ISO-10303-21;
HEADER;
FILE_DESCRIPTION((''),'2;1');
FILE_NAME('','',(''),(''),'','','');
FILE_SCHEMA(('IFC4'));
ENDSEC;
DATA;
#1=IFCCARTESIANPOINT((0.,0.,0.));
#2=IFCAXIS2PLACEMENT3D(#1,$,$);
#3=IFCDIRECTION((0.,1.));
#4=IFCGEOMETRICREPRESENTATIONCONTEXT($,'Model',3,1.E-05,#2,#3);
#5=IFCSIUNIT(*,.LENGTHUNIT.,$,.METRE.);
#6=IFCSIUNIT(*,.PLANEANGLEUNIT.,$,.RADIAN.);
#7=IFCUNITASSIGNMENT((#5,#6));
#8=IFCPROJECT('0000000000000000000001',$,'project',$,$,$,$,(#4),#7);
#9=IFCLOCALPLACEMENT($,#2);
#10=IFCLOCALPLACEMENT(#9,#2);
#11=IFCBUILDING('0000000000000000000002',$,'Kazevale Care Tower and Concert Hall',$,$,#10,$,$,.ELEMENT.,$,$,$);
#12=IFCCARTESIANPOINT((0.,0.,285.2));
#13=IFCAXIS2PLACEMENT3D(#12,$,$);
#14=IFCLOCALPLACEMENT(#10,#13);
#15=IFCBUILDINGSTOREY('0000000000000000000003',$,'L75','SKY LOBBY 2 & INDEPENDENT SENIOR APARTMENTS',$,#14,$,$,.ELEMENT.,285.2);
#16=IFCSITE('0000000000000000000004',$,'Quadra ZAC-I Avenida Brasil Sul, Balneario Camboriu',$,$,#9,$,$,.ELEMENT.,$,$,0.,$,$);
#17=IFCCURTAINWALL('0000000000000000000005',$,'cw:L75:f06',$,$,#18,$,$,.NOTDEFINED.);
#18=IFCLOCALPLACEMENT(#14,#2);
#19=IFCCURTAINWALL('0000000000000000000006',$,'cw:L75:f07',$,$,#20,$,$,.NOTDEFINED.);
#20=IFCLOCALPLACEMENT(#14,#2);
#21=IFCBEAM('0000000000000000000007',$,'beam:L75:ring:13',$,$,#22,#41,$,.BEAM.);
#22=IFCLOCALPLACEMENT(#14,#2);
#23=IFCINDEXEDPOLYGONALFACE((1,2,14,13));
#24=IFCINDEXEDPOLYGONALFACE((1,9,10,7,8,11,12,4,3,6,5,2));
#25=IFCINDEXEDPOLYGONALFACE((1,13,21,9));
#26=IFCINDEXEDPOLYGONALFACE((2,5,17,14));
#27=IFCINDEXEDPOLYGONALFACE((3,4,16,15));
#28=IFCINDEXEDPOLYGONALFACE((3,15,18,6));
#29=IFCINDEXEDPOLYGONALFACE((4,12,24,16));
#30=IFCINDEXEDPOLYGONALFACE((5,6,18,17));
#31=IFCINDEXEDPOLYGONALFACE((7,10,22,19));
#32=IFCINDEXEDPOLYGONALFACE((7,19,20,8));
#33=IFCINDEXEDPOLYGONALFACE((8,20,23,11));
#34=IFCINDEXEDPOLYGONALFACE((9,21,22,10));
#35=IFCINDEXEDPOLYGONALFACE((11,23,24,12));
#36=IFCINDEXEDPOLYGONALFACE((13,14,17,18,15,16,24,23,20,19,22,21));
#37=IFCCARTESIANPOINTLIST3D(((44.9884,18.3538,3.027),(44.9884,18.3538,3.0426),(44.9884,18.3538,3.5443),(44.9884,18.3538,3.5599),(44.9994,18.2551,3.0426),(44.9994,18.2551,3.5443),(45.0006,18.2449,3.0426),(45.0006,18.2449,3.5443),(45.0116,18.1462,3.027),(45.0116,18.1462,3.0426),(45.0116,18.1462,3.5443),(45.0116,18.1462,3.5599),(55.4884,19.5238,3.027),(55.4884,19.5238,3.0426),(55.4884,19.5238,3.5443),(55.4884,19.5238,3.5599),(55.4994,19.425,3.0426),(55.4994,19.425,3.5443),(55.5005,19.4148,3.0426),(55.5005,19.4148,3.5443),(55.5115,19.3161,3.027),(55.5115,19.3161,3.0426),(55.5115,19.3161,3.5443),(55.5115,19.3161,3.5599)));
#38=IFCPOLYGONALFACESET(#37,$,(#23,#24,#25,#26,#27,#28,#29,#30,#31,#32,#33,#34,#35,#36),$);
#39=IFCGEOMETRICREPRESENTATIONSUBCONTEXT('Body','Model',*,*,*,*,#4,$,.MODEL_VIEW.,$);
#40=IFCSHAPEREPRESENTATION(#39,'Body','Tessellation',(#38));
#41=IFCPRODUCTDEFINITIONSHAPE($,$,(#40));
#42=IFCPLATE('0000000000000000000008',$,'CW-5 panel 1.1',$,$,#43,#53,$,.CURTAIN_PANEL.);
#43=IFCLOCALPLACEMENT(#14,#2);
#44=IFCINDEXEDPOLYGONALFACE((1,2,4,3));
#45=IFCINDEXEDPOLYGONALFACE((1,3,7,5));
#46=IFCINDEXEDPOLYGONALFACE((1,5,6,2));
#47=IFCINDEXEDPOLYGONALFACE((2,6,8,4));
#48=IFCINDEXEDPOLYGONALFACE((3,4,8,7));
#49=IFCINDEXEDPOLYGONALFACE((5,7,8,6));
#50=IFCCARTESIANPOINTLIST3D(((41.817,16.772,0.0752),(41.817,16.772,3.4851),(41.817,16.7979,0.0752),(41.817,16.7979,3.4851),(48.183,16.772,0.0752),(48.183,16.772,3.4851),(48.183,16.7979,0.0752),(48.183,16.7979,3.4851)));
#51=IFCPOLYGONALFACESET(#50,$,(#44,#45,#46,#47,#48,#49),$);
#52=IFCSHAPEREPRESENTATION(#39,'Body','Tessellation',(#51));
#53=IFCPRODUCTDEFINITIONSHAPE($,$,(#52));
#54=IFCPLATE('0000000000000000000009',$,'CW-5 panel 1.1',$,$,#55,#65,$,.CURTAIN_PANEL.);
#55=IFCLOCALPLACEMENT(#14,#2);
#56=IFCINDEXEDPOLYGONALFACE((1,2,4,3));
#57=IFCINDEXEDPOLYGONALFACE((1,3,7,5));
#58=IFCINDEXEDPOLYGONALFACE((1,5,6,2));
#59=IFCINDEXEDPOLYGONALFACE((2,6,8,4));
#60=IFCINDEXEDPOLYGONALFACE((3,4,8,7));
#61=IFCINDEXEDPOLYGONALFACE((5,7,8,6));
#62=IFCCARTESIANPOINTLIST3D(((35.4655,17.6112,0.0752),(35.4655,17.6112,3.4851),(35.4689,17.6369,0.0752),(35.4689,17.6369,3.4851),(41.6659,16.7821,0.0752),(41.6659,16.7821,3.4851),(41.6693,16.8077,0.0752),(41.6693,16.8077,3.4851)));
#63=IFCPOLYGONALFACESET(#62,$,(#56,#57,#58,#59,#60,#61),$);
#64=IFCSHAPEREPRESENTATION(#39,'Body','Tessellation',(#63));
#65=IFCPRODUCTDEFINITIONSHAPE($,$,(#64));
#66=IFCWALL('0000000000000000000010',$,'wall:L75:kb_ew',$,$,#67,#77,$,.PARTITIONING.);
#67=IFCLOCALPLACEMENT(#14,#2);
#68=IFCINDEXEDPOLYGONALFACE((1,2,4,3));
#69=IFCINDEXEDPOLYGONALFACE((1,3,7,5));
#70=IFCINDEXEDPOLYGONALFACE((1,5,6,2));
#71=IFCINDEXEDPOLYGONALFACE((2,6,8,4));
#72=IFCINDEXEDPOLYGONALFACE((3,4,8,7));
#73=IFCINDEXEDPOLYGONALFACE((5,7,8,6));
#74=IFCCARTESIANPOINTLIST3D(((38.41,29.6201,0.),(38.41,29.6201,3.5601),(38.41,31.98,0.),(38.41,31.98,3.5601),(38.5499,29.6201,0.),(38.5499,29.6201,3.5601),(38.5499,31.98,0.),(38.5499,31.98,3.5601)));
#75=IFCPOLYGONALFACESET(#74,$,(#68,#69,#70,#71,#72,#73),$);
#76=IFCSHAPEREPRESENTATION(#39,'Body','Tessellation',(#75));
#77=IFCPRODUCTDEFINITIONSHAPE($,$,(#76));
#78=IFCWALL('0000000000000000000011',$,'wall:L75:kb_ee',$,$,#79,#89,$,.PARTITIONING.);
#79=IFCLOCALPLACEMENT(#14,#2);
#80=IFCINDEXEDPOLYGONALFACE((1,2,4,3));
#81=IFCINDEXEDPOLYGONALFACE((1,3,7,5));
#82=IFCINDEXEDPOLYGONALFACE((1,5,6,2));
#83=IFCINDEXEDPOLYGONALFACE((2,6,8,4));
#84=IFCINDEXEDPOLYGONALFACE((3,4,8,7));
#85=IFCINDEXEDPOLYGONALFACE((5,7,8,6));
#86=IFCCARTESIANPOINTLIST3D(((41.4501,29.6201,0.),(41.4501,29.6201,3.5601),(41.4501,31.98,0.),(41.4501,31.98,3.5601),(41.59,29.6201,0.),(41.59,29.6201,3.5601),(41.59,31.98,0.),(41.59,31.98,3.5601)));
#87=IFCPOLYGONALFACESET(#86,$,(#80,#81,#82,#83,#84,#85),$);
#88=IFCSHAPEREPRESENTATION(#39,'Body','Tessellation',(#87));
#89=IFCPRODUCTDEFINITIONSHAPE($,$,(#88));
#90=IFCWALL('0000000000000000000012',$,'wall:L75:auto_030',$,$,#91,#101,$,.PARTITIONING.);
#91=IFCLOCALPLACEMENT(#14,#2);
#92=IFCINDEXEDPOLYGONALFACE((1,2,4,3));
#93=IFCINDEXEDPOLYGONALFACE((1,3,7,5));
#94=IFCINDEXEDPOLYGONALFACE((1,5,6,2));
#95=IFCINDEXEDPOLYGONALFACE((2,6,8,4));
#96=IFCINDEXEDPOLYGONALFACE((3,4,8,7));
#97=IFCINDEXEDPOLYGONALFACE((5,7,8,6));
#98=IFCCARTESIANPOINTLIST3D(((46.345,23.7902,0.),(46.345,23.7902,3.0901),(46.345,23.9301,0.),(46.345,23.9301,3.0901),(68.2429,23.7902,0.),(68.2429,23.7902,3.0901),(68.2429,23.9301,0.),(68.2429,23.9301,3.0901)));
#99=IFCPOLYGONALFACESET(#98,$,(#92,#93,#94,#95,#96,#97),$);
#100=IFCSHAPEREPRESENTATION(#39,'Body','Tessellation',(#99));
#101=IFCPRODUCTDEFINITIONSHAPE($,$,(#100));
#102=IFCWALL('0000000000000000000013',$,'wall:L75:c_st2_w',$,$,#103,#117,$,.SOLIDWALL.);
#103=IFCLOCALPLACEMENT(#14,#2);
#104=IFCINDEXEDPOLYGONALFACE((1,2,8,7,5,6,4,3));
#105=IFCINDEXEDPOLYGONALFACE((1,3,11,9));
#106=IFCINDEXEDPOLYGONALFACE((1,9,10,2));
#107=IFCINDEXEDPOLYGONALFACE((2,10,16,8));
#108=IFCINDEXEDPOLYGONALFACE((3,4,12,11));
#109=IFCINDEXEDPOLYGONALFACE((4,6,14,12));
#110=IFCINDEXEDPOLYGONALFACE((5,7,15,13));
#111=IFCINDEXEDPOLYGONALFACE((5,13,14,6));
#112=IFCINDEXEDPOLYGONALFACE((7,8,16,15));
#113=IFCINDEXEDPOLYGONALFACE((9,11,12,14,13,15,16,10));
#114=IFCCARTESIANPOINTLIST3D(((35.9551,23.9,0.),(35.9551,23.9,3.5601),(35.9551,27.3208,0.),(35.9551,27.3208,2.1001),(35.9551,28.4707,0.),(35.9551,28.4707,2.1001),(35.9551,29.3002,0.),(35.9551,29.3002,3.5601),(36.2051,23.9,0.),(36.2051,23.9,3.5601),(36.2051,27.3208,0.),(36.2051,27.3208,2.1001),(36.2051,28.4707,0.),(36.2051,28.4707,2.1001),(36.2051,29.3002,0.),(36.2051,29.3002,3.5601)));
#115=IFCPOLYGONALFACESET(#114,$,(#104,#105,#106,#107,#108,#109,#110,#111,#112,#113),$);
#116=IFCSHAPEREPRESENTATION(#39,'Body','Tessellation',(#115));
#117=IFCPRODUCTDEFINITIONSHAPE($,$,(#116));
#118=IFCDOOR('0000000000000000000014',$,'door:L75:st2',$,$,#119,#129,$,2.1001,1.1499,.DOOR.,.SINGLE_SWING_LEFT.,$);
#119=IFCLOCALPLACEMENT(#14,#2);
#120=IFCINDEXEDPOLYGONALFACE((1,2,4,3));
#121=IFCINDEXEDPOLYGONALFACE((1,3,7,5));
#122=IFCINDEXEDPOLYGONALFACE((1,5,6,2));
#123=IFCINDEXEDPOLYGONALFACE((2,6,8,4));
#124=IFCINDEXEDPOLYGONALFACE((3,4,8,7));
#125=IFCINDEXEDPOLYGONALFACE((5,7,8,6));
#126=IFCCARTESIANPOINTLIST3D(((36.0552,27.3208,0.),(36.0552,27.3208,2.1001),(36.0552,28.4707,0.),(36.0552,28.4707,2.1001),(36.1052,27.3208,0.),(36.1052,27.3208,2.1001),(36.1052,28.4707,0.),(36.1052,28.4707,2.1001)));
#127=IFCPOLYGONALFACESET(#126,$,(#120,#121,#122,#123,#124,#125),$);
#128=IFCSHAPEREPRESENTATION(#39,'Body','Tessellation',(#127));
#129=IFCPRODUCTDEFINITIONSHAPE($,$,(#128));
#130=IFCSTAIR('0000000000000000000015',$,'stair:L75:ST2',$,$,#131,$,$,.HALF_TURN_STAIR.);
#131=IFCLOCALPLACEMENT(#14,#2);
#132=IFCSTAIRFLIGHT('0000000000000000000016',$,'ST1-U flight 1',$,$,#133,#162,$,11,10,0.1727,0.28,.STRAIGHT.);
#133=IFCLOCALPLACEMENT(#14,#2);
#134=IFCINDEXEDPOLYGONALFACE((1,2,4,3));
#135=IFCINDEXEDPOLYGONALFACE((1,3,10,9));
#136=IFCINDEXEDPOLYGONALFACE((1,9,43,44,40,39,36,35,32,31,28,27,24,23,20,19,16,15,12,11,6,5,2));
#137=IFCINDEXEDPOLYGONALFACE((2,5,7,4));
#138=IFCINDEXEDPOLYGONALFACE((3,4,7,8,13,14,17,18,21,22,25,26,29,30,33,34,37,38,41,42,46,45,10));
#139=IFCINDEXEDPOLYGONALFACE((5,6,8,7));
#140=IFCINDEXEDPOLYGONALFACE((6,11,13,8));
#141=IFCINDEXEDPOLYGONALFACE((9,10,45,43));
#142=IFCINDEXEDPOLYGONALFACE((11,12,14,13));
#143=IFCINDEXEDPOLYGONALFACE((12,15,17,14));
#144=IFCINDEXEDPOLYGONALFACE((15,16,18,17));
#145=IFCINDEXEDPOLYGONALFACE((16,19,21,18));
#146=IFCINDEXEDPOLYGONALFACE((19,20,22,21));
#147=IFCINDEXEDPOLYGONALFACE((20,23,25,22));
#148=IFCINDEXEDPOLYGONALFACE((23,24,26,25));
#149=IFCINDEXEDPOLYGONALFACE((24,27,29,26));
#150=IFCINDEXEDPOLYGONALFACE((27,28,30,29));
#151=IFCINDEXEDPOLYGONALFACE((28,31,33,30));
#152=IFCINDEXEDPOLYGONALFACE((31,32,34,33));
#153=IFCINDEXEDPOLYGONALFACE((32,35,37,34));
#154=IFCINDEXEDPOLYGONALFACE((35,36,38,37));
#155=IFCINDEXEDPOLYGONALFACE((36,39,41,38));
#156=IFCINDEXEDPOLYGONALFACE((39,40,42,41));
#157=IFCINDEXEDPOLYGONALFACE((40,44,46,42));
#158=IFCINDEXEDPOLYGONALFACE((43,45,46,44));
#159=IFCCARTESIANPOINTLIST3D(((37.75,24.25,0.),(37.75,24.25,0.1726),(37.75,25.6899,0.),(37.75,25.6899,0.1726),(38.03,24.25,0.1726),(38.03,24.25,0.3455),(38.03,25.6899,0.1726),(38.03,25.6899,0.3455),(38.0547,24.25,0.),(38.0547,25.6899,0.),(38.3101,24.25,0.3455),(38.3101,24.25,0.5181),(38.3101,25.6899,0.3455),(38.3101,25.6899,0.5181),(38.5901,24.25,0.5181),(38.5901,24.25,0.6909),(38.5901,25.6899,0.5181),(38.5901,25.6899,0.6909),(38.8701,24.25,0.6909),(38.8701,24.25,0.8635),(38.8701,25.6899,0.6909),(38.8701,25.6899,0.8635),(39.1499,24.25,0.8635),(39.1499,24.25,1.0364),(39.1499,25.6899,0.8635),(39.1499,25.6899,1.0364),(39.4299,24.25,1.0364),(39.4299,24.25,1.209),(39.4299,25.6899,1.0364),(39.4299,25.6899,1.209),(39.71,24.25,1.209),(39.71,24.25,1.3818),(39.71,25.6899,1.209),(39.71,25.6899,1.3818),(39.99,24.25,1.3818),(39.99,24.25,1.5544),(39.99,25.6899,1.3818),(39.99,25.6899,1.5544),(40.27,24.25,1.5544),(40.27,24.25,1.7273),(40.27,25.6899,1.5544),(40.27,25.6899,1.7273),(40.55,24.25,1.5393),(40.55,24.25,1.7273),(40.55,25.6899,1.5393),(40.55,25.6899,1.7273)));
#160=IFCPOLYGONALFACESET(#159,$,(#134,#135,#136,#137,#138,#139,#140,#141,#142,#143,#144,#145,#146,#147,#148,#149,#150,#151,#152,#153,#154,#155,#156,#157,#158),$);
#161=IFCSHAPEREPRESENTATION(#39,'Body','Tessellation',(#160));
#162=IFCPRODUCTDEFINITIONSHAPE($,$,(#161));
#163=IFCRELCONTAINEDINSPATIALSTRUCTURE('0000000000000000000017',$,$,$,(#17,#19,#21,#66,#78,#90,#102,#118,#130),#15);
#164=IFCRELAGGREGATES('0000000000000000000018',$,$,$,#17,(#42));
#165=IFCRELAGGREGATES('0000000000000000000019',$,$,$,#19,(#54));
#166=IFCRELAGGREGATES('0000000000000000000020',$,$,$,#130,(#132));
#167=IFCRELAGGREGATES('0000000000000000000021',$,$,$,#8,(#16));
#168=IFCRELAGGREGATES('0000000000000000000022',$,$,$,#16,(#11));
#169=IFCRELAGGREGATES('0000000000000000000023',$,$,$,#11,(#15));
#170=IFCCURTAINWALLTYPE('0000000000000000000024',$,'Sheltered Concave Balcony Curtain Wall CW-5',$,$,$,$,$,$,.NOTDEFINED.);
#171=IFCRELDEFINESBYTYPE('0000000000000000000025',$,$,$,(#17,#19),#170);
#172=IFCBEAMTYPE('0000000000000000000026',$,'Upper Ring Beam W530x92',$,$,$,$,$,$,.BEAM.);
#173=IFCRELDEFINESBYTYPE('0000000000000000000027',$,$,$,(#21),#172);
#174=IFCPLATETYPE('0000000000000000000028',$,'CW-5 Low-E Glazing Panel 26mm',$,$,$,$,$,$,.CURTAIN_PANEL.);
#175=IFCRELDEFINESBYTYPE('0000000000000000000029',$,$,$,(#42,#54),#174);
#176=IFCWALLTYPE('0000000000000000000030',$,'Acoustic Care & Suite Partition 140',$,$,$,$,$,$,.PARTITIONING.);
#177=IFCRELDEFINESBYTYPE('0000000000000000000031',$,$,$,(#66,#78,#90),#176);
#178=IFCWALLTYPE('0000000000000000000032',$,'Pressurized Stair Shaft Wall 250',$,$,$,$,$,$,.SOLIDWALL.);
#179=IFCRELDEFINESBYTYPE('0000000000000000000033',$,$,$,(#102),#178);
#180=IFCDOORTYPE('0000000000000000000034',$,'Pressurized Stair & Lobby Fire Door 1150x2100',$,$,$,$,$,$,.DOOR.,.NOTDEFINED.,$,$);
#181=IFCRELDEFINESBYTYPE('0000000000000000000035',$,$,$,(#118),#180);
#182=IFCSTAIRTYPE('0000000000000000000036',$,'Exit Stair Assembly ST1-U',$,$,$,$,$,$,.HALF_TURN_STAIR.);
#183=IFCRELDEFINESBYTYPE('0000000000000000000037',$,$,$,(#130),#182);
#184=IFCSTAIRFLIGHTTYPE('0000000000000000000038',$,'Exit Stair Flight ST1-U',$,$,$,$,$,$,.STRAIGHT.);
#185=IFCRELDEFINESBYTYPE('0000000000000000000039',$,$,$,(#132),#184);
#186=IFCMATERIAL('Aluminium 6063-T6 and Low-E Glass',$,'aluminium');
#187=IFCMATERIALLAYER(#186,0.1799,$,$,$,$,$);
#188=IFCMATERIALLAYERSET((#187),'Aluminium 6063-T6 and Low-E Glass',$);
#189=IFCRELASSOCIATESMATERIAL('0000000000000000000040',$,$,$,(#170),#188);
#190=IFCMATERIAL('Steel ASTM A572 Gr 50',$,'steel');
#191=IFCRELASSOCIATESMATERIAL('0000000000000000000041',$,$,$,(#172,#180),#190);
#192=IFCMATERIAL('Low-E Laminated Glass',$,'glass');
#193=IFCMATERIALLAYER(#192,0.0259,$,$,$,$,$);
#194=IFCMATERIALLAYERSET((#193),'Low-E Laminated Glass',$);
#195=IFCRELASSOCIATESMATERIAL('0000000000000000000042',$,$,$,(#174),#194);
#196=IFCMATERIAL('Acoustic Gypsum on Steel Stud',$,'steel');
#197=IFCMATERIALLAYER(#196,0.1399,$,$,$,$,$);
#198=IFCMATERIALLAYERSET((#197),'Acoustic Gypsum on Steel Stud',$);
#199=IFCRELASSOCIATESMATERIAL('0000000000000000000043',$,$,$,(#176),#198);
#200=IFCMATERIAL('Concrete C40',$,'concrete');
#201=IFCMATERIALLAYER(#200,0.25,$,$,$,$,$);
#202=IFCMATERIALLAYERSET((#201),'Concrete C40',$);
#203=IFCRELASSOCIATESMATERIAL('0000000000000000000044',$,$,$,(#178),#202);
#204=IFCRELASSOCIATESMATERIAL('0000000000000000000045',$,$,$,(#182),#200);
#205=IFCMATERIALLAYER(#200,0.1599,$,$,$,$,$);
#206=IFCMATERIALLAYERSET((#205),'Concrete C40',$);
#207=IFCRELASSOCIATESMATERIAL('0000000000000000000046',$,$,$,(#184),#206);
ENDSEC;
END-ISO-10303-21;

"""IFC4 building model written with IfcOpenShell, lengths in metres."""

from ifc_helpers import new_model, si_unit, direction, frame, frame_2d, origin, origin_2d, place, context, subcontext, project, spatial, polyline, rectangle, i_section, outline, extrude, material, layer, layer_set, material_profile, profile_set, type_object, element, fill, aggregate, save


model = new_model("IFC4")

# Units and contexts
model_context = context("Model", 3, precision=1e-05, world=origin(), true_north=direction((0.0, 1.0)))
body_context = subcontext(model_context, "Body", "Model", "MODEL_VIEW")
ifc_project = project(units=[si_unit("LENGTHUNIT", "METRE"), si_unit("PLANEANGLEUNIT", "RADIAN")], contexts=[model_context])

# Site, building, storey
site_placement = place(None, origin())
site = spatial("IfcSite", under=ifc_project, at=site_placement, Name="Quadra ZAC-I Avenida Brasil Sul, Balneario Camboriu", CompositionType="ELEMENT", RefElevation=0.0)
building_placement = place(site_placement, origin())
building = spatial("IfcBuilding", under=site, at=building_placement, Name="Kazevale Care Tower and Concert Hall", CompositionType="ELEMENT")
storey_placement = place(building_placement, frame((0.0, 0.0, 285.2)))
storey = spatial("IfcBuildingStorey", under=building, at=storey_placement, Name="L75", Description="SKY LOBBY 2 & INDEPENDENT SENIOR APARTMENTS", CompositionType="ELEMENT", Elevation=285.2)

# Curtain wall
ifc_material_1 = material(Name="Aluminium 6063-T6 and Low-E Glass", Category="aluminium")
ifc_layer_1 = layer(ifc_material_1, 0.1799)
ifc_layer_set_1 = layer_set([ifc_layer_1], Name="Aluminium 6063-T6 and Low-E Glass")
curtain_wall_type = type_object("IfcCurtainWallType", Name="Sheltered Concave Balcony Curtain Wall CW-5", PredefinedType="NOTDEFINED", material=ifc_layer_set_1)
curtain_wall_1_placement = place(storey_placement, origin())
curtain_wall_1 = element("IfcCurtainWall", 1, at=curtain_wall_1_placement, inside=storey, type_object=curtain_wall_type, Name="cw:L75:f06", PredefinedType="NOTDEFINED")

# Curtain wall
curtain_wall_2_placement = place(storey_placement, origin())
curtain_wall_2 = element("IfcCurtainWall", 2, at=curtain_wall_2_placement, inside=storey, type_object=curtain_wall_type, Name="cw:L75:f07", PredefinedType="NOTDEFINED")

# Beam
ifc_material_2 = material(Name="Steel ASTM A572 Gr 50", Category="steel")
ifc_material_profile_1 = material_profile(ifc_material_2, i_section(OverallWidth=0.209, OverallDepth=0.533, WebThickness=0.0103, FlangeThickness=0.0156, at=origin_2d()), Name="W530x92")
ifc_profile_set_1 = profile_set([ifc_material_profile_1], Name="Steel ASTM A572 Gr 50")
beam_type_1 = type_object("IfcBeamType", Name="Upper Ring Beam W530x92", PredefinedType="BEAM", material=ifc_profile_set_1)
beam_1_placement = place(storey_placement, frame((45.0, 18.25, 3.2935), z_axis=(0.99385, 0.110736, 0.0), x_axis=(-0.110736, 0.99385, 0.0)))
element("IfcBeam", 3, at=beam_1_placement, inside=storey, type_object=beam_type_1, Name="beam:L75:ring:13", PredefinedType="BEAM", context=body_context, shape_type="SweptSolid", body=[
    extrude(i_section(OverallWidth=0.209, OverallDepth=0.533, WebThickness=0.0103, FlangeThickness=0.0156, at=origin_2d()), origin(), (0.0, 0.0, 1.0), 10.5649),
])

# Plates
ifc_material_3 = material(Name="Low-E Laminated Glass", Category="glass")
ifc_layer_2 = layer(ifc_material_3, 0.0259)
ifc_layer_set_2 = layer_set([ifc_layer_2], Name="Low-E Laminated Glass")
plate_type = type_object("IfcPlateType", Name="CW-5 Low-E Glazing Panel 26mm", PredefinedType="CURTAIN_PANEL", material=ifc_layer_set_2)
plate_1_placement = place(storey_placement, frame((45.0, 16.7849, 0.0752), z_axis=(0.0, 0.0, 1.0), x_axis=(-1.0, 0.0, 0.0)))
plate_1 = element("IfcPlate", 4, at=plate_1_placement, type_object=plate_type, Name="CW-5 panel 1.1", PredefinedType="CURTAIN_PANEL", context=body_context, shape_type="SweptSolid", body=[
    extrude(rectangle(XDim=6.366, YDim=0.0259, at=origin_2d()), origin(), (0.0, 0.0, 1.0), 3.4099),
])
aggregate(curtain_wall_1, [plate_1])
plate_2_placement = place(storey_placement, frame((38.5674, 17.2095, 0.0752), z_axis=(0.0, 0.0, 1.0), x_axis=(-0.991177, 0.132542, 0.0)))
plate_2 = element("IfcPlate", 5, at=plate_2_placement, type_object=plate_type, Name="CW-5 panel 1.1", PredefinedType="CURTAIN_PANEL", context=body_context, shape_type="SweptSolid", body=[
    extrude(rectangle(XDim=6.2556, YDim=0.0259, at=origin_2d()), origin(), (0.0, 0.0, 1.0), 3.4099),
])
aggregate(curtain_wall_2, [plate_2])

# Walls
ifc_material_4 = material(Name="Acoustic Gypsum on Steel Stud", Category="steel")
ifc_layer_3 = layer(ifc_material_4, 0.1399)
ifc_layer_set_3 = layer_set([ifc_layer_3], Name="Acoustic Gypsum on Steel Stud")
wall_type_1 = type_object("IfcWallType", Name="Acoustic Care & Suite Partition 140", PredefinedType="PARTITIONING", material=ifc_layer_set_3)
for number, where, z_axis, x_axis, name in (
    (6, (38.48, 29.6201, 0.0), (0.0, 0.0, 1.0), (0.0, 1.0, 0.0), "wall:L75:kb_ew"),
    (7, (41.52, 29.6201, 0.0), (0.0, 0.0, 1.0), (0.0, 1.0, 0.0), "wall:L75:kb_ee"),
):
    element("IfcWall", number, at=place(storey_placement, frame(where, z_axis=z_axis, x_axis=x_axis)), inside=storey, type_object=wall_type_1, Name=name, PredefinedType="PARTITIONING", context=body_context, shape_type="SweptSolid", body=[
        extrude(rectangle(XDim=2.3599, YDim=0.1399, at=frame_2d((1.1799, 0.0))), origin(), (0.0, 0.0, 1.0), 3.5601),
    ])
wall_1_placement = place(storey_placement, frame((46.345, 23.8601, 0.0), z_axis=(0.0, 0.0, 1.0), x_axis=(1.0, 0.0, 0.0)))
element("IfcWall", 8, at=wall_1_placement, inside=storey, type_object=wall_type_1, Name="wall:L75:auto_030", PredefinedType="PARTITIONING", context=body_context, shape_type="SweptSolid", body=[
    extrude(rectangle(XDim=21.8979, YDim=0.1399, at=frame_2d((10.949, 0.0))), origin(), (0.0, 0.0, 1.0), 3.0901),
])

# Wall, opening, door
ifc_material_5 = material(Name="Concrete C40", Category="concrete")
ifc_layer_4 = layer(ifc_material_5, 0.25)
ifc_layer_set_4 = layer_set([ifc_layer_4], Name="Concrete C40")
wall_type_2 = type_object("IfcWallType", Name="Pressurized Stair Shaft Wall 250", PredefinedType="SOLIDWALL", material=ifc_layer_set_4)
wall_2_placement = place(storey_placement, frame((36.0801, 23.8999, 0.0), z_axis=(0.0, 0.0, 1.0), x_axis=(0.0, 1.0, 0.0)))
wall_2 = element("IfcWall", 9, at=wall_2_placement, inside=storey, type_object=wall_type_2, Name="wall:L75:c_st2_w", PredefinedType="SOLIDWALL", context=body_context, shape_type="SweptSolid", body=[
    extrude(rectangle(XDim=5.4001, YDim=0.25, at=frame_2d((2.7002, 0.0))), origin(), (0.0, 0.0, 1.0), 3.5601),
])
opening_1_placement = place(wall_2_placement, frame((3.4209, 0.0, 0.0)))
opening_1 = element("IfcOpeningElement", 10, at=opening_1_placement, cuts=wall_2, PredefinedType="OPENING", context=body_context, shape_type="SweptSolid", body=[
    extrude(rectangle(XDim=1.1499, YDim=2.1001, at=frame_2d((0.575, 1.05))), frame((0.0, 0.135, 0.0), z_axis=(0.0, -1.0, 0.0), x_axis=(1.0, 0.0, 0.0)), (0.0, 0.0, 1.0), 0.27),
])
door_type_1 = type_object("IfcDoorType", Name="Pressurized Stair & Lobby Fire Door 1150x2100", OperationType="NOTDEFINED", PredefinedType="DOOR", material=ifc_material_2)
door_1_placement = place(opening_1_placement, origin())
door_1 = element("IfcDoor", 11, at=door_1_placement, inside=storey, type_object=door_type_1, Name="door:L75:st2", OperationType="SINGLE_SWING_LEFT", OverallHeight=2.1001, OverallWidth=1.1499, PredefinedType="DOOR", context=body_context, shape_type="SweptSolid", body=[
    extrude(rectangle(XDim=1.1499, YDim=2.1001, at=frame_2d((0.575, 1.05))), frame((0.0, 0.0249, 0.0), z_axis=(0.0, -1.0, 0.0), x_axis=(1.0, 0.0, 0.0)), (0.0, 0.0, 1.0), 0.05),
])
fill(opening_1, door_1)

# Stair, stair flight
stair_type = type_object("IfcStairType", Name="Exit Stair Assembly ST1-U", PredefinedType="HALF_TURN_STAIR", material=ifc_material_5)
stair_placement = place(storey_placement, origin())
stair = element("IfcStair", 12, at=stair_placement, inside=storey, type_object=stair_type, Name="stair:L75:ST2", PredefinedType="HALF_TURN_STAIR")
ifc_layer_5 = layer(ifc_material_5, 0.1599)
ifc_layer_set_5 = layer_set([ifc_layer_5], Name="Concrete C40")
stair_flight_type = type_object("IfcStairFlightType", Name="Exit Stair Flight ST1-U", PredefinedType="STRAIGHT", material=ifc_layer_set_5)
stair_flight_1_placement = place(storey_placement, frame((37.75, 24.97, 0.0), z_axis=(0.0, 0.0, 1.0), x_axis=(1.0, 0.0, 0.0)))
stair_flight_1 = element("IfcStairFlight", 13, at=stair_flight_1_placement, type_object=stair_flight_type, Name="ST1-U flight 1", NumberOfRisers=11, NumberOfTreads=10, PredefinedType="STRAIGHT", RiserHeight=0.1727, TreadLength=0.28, context=body_context, shape_type="SweptSolid", body=[
    extrude(outline(polyline([(0.0, 0.0), (0.0, 0.1726), (0.28, 0.1726), (0.28, 0.3455), (0.5601, 0.3455), (0.5601, 0.5181), (0.8401, 0.5181), (0.8401, 0.6909), (1.1201, 0.6909), (1.1201, 0.8635), (1.3999, 0.8635), (1.3999, 1.0364), (1.6799, 1.0364), (1.6799, 1.209), (1.96, 1.209), (1.96, 1.3818), (2.24, 1.3818), (2.24, 1.5544), (2.52, 1.5544), (2.52, 1.7273), (2.8, 1.7273), (2.8, 1.8999), (2.8, 1.5393), (0.3047, 0.0), (0.0, 0.0)])), frame((0.0, 0.72, 0.0), z_axis=(0.0, -1.0, 0.0), x_axis=(1.0, 0.0, 0.0)), (0.0, 0.0, 1.0), 1.4399),
])
aggregate(stair, [stair_flight_1])

save(model, "model.ifc")
